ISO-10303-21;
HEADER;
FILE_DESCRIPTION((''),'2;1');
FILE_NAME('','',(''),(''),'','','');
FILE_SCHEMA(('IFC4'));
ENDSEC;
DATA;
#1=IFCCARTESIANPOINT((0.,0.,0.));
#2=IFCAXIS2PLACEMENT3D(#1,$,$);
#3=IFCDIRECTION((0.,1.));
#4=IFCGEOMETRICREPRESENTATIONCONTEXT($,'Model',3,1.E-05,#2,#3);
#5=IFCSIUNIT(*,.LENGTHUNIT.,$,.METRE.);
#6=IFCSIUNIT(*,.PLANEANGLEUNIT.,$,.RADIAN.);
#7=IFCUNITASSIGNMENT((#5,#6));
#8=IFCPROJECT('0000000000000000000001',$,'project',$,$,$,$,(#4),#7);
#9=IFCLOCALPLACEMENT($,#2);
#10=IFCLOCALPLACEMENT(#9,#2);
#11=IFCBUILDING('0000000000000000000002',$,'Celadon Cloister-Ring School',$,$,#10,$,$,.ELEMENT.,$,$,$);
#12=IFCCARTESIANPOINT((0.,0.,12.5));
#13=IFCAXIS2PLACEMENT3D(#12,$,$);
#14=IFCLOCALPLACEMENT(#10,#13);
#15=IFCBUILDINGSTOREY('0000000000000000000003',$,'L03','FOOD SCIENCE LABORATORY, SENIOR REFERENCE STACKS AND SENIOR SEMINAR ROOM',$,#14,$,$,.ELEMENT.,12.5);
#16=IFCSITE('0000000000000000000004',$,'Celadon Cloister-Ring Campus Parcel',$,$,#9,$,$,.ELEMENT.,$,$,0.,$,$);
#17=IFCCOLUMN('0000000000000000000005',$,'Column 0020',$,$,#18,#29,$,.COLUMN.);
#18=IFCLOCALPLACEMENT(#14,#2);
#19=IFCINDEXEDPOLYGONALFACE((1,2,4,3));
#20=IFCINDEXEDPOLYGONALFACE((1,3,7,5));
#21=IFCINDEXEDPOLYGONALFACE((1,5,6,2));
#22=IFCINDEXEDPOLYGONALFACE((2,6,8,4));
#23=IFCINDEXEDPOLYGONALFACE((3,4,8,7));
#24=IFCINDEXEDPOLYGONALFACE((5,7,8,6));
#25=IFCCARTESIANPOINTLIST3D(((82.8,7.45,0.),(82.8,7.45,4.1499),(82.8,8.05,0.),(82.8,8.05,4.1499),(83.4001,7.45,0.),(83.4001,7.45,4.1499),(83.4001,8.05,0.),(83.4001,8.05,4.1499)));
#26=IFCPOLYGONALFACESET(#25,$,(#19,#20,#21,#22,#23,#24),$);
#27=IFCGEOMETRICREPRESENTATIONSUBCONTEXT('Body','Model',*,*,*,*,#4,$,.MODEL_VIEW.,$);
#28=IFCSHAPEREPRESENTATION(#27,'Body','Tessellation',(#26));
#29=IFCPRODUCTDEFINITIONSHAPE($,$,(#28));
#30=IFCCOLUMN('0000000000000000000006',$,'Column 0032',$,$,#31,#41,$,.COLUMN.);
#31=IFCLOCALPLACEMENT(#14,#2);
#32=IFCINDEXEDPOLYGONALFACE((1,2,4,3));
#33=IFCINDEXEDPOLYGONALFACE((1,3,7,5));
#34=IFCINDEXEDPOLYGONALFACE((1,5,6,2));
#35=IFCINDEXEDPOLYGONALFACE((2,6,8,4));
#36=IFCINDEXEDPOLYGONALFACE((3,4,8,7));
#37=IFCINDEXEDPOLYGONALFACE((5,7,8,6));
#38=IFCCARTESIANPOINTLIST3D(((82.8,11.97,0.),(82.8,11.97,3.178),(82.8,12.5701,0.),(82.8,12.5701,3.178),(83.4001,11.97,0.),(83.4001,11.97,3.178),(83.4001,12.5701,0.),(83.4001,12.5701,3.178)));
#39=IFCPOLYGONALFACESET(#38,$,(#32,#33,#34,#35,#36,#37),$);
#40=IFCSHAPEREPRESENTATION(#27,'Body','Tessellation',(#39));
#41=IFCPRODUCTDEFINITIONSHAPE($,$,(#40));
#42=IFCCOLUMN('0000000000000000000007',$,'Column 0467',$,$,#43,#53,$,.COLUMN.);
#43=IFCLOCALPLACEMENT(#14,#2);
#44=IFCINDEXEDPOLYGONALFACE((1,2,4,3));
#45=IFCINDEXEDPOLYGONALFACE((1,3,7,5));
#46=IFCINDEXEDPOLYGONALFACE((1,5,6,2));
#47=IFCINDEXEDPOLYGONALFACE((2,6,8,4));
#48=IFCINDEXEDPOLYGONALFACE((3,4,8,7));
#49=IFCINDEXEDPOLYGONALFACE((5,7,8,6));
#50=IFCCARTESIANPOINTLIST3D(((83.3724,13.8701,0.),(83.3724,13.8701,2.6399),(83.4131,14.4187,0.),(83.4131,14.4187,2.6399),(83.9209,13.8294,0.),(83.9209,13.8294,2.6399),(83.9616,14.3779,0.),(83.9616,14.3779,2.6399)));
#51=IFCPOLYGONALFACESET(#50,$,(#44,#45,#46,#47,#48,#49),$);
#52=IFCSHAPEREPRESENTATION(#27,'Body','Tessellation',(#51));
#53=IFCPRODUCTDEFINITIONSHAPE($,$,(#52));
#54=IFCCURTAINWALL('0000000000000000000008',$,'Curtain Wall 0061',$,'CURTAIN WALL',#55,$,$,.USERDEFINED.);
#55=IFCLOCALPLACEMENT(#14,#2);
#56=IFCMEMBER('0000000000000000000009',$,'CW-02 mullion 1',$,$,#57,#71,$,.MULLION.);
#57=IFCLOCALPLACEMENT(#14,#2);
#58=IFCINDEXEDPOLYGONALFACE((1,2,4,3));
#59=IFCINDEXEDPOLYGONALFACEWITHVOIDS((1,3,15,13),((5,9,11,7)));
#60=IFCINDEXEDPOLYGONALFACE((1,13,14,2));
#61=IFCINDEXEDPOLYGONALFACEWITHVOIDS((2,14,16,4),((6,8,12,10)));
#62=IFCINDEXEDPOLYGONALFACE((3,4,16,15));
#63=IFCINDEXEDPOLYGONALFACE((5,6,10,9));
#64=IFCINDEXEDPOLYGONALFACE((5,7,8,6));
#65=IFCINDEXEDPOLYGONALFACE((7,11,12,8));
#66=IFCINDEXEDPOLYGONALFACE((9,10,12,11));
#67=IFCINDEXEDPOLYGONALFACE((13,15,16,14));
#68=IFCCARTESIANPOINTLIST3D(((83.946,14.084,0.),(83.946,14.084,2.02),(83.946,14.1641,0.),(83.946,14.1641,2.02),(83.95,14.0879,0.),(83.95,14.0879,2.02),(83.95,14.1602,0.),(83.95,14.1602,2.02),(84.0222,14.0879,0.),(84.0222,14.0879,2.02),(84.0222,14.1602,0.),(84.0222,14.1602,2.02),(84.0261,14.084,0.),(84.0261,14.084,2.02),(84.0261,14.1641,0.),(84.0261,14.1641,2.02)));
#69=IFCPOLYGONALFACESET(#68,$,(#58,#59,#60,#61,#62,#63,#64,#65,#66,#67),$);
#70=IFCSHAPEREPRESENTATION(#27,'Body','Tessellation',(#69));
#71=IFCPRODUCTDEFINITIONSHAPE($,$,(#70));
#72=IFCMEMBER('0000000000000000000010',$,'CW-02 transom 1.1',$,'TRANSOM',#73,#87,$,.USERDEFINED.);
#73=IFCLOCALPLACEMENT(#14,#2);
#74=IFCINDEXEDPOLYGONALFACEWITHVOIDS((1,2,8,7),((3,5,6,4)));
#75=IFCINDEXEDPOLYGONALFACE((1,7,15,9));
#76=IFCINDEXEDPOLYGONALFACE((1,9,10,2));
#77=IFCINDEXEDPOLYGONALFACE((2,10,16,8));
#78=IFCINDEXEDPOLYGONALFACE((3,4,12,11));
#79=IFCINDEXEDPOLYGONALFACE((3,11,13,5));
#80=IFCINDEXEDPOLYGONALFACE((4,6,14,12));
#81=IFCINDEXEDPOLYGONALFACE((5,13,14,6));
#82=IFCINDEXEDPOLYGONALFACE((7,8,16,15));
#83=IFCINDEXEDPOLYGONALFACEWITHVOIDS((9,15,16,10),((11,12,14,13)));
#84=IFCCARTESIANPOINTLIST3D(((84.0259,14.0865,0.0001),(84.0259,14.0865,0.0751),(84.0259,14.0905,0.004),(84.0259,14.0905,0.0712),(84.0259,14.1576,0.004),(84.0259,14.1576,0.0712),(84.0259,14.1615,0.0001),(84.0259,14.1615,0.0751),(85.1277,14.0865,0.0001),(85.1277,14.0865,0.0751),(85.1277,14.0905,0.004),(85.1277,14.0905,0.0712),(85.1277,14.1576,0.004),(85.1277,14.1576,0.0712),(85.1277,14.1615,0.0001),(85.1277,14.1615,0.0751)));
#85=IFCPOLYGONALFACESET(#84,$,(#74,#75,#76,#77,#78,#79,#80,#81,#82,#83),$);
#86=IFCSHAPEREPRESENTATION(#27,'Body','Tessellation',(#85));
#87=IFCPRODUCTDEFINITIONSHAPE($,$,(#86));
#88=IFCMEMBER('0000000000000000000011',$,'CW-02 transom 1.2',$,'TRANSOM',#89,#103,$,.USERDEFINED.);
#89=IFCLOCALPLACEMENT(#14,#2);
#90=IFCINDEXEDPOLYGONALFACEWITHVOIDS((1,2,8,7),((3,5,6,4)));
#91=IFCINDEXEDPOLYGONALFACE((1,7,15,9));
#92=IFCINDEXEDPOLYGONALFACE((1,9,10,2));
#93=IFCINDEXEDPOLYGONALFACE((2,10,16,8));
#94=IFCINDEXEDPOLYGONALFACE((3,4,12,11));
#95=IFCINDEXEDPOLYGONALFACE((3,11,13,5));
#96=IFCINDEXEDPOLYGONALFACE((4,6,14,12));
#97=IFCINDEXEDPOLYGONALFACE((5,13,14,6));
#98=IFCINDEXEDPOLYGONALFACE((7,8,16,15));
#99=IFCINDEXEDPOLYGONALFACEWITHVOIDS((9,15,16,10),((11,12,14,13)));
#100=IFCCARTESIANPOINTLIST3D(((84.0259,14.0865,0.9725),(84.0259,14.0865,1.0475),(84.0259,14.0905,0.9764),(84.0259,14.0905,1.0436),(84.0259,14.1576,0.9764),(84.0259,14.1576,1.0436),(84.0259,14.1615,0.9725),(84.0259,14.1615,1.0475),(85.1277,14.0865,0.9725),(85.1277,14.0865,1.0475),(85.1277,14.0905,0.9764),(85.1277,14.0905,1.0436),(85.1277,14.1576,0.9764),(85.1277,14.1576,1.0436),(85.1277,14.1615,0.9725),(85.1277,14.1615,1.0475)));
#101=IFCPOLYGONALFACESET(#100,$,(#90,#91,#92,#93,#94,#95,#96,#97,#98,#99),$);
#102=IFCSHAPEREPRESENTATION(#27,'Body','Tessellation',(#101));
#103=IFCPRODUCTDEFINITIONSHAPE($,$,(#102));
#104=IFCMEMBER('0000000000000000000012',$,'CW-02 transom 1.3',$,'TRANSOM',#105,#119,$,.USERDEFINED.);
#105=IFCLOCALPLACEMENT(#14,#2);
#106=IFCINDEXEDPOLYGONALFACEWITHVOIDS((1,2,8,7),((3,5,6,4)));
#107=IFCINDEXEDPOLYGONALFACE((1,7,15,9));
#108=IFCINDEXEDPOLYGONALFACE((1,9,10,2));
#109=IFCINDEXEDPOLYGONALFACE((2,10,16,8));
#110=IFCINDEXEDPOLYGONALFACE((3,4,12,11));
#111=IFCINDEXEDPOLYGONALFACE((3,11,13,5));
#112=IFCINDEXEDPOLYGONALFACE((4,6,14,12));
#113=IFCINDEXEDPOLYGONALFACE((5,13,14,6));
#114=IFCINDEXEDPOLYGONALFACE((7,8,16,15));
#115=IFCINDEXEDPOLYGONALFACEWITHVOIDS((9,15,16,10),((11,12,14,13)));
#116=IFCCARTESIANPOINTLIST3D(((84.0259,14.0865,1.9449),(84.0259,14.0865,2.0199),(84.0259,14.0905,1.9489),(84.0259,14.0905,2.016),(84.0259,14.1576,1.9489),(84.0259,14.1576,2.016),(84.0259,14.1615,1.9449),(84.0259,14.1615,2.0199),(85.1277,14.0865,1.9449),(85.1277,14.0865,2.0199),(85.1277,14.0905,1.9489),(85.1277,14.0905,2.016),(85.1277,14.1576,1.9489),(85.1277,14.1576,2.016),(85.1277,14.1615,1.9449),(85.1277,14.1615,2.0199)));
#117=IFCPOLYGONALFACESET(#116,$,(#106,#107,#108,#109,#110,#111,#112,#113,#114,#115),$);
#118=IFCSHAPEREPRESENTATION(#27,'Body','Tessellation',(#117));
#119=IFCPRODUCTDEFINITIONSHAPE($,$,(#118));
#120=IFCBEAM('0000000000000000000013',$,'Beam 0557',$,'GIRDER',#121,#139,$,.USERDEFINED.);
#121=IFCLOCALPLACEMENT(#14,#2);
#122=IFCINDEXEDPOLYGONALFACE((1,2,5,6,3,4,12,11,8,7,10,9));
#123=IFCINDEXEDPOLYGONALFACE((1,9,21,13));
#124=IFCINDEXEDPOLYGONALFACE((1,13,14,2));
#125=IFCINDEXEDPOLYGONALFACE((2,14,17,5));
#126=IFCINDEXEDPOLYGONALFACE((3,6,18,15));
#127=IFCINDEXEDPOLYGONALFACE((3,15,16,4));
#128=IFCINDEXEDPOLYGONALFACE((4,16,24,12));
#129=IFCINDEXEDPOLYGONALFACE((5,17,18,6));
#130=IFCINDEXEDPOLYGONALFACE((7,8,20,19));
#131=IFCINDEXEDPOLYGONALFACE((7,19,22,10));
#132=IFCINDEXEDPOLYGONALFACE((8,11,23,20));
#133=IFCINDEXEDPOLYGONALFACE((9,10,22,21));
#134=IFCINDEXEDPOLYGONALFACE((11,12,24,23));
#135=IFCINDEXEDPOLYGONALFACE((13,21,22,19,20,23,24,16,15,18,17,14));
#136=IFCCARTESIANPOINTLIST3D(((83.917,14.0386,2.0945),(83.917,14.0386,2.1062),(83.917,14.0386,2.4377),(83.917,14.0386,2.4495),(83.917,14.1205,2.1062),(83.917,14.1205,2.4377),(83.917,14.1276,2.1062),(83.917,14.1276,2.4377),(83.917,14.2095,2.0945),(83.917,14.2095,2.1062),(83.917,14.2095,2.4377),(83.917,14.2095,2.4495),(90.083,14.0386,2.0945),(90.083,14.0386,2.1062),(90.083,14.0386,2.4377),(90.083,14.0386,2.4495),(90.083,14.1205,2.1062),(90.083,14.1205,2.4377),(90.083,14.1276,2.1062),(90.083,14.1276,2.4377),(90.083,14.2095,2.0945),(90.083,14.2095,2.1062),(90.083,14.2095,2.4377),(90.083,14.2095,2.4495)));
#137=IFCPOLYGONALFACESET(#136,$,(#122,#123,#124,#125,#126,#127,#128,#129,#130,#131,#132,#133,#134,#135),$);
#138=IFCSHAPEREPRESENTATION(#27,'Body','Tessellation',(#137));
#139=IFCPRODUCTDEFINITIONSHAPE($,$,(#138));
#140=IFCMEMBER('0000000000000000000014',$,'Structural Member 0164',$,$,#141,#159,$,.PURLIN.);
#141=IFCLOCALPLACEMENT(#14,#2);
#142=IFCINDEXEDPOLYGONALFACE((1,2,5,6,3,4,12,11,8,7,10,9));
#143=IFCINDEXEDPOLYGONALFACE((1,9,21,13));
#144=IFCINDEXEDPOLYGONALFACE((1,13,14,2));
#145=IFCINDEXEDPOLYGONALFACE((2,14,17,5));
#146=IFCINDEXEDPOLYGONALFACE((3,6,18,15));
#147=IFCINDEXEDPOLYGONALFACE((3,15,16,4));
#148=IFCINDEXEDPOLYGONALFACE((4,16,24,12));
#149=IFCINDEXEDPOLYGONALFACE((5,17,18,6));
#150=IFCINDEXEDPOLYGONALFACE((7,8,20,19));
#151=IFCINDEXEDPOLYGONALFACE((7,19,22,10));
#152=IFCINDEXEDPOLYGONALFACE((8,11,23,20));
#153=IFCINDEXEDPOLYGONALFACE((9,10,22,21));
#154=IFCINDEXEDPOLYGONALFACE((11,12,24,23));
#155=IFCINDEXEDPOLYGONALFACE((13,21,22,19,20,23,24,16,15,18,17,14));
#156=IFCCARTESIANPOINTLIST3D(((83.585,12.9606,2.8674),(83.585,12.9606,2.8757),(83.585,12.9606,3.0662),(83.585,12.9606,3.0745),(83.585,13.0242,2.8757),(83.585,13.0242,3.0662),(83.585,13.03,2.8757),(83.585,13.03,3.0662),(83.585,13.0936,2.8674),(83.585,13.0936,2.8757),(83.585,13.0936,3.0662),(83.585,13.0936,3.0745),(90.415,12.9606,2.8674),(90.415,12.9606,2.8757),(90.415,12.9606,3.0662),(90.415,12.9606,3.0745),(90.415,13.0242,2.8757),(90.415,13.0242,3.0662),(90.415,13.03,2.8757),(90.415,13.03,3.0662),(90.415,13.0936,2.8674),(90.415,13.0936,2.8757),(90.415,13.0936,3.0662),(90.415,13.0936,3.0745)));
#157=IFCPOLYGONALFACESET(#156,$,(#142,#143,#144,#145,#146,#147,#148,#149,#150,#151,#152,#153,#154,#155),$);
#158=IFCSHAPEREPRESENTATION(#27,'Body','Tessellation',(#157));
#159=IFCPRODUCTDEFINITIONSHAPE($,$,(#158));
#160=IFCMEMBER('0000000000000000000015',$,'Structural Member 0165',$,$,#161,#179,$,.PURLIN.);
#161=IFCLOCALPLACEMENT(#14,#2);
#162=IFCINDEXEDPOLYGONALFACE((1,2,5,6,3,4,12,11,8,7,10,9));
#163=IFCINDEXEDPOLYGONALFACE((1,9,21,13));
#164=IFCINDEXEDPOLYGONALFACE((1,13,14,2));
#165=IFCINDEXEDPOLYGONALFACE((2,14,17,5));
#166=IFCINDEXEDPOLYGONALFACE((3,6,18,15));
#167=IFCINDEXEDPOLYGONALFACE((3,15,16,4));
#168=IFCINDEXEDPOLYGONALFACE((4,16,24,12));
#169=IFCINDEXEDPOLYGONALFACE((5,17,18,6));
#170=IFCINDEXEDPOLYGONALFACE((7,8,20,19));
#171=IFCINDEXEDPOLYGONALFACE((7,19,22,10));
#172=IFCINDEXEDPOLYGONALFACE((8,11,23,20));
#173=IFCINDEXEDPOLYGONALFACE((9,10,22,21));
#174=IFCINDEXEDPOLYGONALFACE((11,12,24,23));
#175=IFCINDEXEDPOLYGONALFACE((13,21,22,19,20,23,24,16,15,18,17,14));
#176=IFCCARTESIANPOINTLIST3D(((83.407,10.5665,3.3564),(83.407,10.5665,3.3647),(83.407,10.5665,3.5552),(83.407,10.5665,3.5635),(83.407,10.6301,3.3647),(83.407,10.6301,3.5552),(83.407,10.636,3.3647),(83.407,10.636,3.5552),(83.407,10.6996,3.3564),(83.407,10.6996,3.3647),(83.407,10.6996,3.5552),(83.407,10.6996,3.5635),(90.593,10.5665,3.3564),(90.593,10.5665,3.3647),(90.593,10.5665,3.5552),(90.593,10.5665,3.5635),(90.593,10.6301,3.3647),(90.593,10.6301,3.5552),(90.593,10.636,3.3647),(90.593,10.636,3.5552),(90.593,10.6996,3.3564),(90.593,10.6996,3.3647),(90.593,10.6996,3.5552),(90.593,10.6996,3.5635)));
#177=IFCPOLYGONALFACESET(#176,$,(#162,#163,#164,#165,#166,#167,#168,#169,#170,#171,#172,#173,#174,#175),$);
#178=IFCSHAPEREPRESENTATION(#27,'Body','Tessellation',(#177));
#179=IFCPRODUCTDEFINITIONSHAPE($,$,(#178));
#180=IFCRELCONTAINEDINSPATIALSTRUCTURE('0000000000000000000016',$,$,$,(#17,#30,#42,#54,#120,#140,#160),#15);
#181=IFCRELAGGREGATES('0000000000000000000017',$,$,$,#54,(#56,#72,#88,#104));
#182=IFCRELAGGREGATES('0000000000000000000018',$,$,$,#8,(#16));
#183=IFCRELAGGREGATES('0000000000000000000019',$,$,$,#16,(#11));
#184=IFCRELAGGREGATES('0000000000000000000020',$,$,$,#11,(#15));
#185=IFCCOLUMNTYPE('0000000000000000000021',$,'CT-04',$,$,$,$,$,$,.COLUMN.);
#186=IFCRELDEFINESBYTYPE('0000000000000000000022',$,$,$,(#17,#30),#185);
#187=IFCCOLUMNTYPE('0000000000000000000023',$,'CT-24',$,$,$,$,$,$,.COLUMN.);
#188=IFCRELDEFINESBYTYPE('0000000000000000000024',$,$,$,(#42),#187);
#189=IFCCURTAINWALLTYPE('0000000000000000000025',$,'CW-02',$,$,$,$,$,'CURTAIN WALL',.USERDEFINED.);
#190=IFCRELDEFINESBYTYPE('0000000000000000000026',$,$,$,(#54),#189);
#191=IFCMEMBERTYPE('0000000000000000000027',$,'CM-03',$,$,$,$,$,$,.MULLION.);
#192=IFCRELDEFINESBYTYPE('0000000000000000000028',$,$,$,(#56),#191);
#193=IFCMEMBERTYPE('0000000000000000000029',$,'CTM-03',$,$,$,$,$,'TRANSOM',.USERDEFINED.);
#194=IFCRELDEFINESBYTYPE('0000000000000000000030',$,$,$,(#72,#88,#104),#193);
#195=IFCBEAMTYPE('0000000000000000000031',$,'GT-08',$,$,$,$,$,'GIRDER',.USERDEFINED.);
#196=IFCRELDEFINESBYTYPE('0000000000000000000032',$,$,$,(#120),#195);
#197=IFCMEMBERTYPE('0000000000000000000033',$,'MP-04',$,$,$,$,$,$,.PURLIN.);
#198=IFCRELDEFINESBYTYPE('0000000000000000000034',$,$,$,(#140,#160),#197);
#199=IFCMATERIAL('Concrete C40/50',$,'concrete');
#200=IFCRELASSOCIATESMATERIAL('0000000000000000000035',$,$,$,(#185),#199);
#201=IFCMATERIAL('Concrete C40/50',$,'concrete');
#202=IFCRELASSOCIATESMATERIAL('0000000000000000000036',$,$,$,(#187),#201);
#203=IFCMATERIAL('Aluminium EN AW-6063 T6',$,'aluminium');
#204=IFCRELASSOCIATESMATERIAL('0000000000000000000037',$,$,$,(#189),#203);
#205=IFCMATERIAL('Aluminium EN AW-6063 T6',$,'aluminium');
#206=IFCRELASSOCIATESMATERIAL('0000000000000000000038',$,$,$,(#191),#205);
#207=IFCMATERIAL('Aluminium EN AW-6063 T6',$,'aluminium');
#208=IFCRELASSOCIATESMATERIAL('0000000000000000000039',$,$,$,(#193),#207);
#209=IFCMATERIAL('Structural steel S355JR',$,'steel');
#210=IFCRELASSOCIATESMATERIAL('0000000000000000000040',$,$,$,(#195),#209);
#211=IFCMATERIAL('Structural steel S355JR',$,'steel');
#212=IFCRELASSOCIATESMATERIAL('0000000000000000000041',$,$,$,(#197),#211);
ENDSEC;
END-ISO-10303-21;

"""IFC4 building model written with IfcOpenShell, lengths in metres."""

from ifc_helpers import new_model, si_unit, direction, frame, origin, origin_2d, place, context, subcontext, project, spatial, rectangle, hollow_rectangle, i_section, extrude, material, material_profile, profile_set, type_object, element, aggregate, save


model = new_model("IFC4")

# Units and contexts
model_context = context("Model", 3, precision=1e-05, world=origin(), true_north=direction((0.0, 1.0)))
body_context = subcontext(model_context, "Body", "Model", "MODEL_VIEW")
ifc_project = project(units=[si_unit("LENGTHUNIT", "METRE"), si_unit("PLANEANGLEUNIT", "RADIAN")], contexts=[model_context])

# Site, building, storey
site_placement = place(None, origin())
site = spatial("IfcSite", under=ifc_project, at=site_placement, Name="Celadon Cloister-Ring Campus Parcel", CompositionType="ELEMENT", RefElevation=0.0)
building_placement = place(site_placement, origin())
building = spatial("IfcBuilding", under=site, at=building_placement, Name="Celadon Cloister-Ring School", CompositionType="ELEMENT")
storey_placement = place(building_placement, frame((0.0, 0.0, 12.5)))
storey = spatial("IfcBuildingStorey", under=building, at=storey_placement, Name="L03", Description="FOOD SCIENCE LABORATORY, SENIOR REFERENCE STACKS AND SENIOR SEMINAR ROOM", CompositionType="ELEMENT", Elevation=12.5)

# Columns
ifc_material_1 = material(Name="Concrete C40/50", Category="concrete")
ifc_material_profile_1 = material_profile(ifc_material_1, rectangle(XDim=0.6001, YDim=0.6001, at=origin_2d()), Name="RC600X600")
ifc_profile_set_1 = profile_set([ifc_material_profile_1], Name="Concrete C40/50")
column_type_1 = type_object("IfcColumnType", Name="CT-04", PredefinedType="COLUMN", material=ifc_profile_set_1)
column_1_placement = place(storey_placement, frame((83.1001, 7.75, 0.0), z_axis=(0.0, 0.0, 1.0), x_axis=(1.0, 0.0, 0.0)))
element("IfcColumn", 1, at=column_1_placement, inside=storey, type_object=column_type_1, Name="Column 0020", PredefinedType="COLUMN", context=body_context, shape_type="SweptSolid", body=[
    extrude(rectangle(XDim=0.6001, YDim=0.6001, at=origin_2d()), origin(), (0.0, 0.0, 1.0), 4.1499),
])
column_2_placement = place(storey_placement, frame((83.1001, 12.27, 0.0), z_axis=(0.0, 0.0, 1.0), x_axis=(1.0, 0.0, 0.0)))
element("IfcColumn", 2, at=column_2_placement, inside=storey, type_object=column_type_1, Name="Column 0032", PredefinedType="COLUMN", context=body_context, shape_type="SweptSolid", body=[
    extrude(rectangle(XDim=0.6001, YDim=0.6001, at=origin_2d()), origin(), (0.0, 0.0, 1.0), 3.178),
])
ifc_material_2 = material(Name="Concrete C40/50", Category="concrete")
ifc_material_profile_2 = material_profile(ifc_material_2, rectangle(XDim=0.55, YDim=0.55, at=origin_2d()), Name="RC550X550")
ifc_profile_set_2 = profile_set([ifc_material_profile_2], Name="Concrete C40/50")
column_type_2 = type_object("IfcColumnType", Name="CT-24", PredefinedType="COLUMN", material=ifc_profile_set_2)
column_3_placement = place(storey_placement, frame((83.667, 14.124, 0.0), z_axis=(0.0, 0.0, 1.0), x_axis=(-0.074074, -0.997253, 0.0)))
element("IfcColumn", 3, at=column_3_placement, inside=storey, type_object=column_type_2, Name="Column 0467", PredefinedType="COLUMN", context=body_context, shape_type="SweptSolid", body=[
    extrude(rectangle(XDim=0.55, YDim=0.55, at=origin_2d()), origin(), (0.0, 0.0, 1.0), 2.6399),
])

# Curtain wall, members
ifc_material_3 = material(Name="Aluminium EN AW-6063 T6", Category="aluminium")
curtain_wall_type = type_object("IfcCurtainWallType", Name="CW-02", ElementType="CURTAIN WALL", PredefinedType="USERDEFINED", material=ifc_material_3)
curtain_wall_placement = place(storey_placement, origin())
curtain_wall = element("IfcCurtainWall", 4, at=curtain_wall_placement, inside=storey, type_object=curtain_wall_type, Name="Curtain Wall 0061", ObjectType="CURTAIN WALL", PredefinedType="USERDEFINED")
ifc_material_4 = material(Name="Aluminium EN AW-6063 T6", Category="aluminium")
ifc_material_profile_3 = material_profile(ifc_material_4, hollow_rectangle(XDim=0.0801, YDim=0.0801, WallThickness=0.0039, at=origin_2d()), Name="RHS80X80X4")
ifc_profile_set_3 = profile_set([ifc_material_profile_3], Name="Aluminium EN AW-6063 T6")
member_type_1 = type_object("IfcMemberType", Name="CM-03", PredefinedType="MULLION", material=ifc_profile_set_3)
member_1_placement = place(storey_placement, frame((83.9861, 14.124, 0.0), z_axis=(0.0, 0.0, 1.0), x_axis=(0.0, 1.0, 0.0)))
member_1 = element("IfcMember", 5, at=member_1_placement, type_object=member_type_1, Name="CW-02 mullion 1", PredefinedType="MULLION", context=body_context, shape_type="SweptSolid", body=[
    extrude(hollow_rectangle(XDim=0.0801, YDim=0.0801, WallThickness=0.0039, at=origin_2d()), origin(), (0.0, 0.0, 1.0), 2.02),
])
ifc_material_5 = material(Name="Aluminium EN AW-6063 T6", Category="aluminium")
ifc_material_profile_4 = material_profile(ifc_material_5, hollow_rectangle(XDim=0.075, YDim=0.075, WallThickness=0.0039, at=origin_2d()), Name="RHS75X75X4")
ifc_profile_set_4 = profile_set([ifc_material_profile_4], Name="Aluminium EN AW-6063 T6")
member_type_2 = type_object("IfcMemberType", Name="CTM-03", ElementType="TRANSOM", PredefinedType="USERDEFINED", material=ifc_profile_set_4)
member_2_placement = place(storey_placement, frame((84.0259, 14.124, 0.0376), z_axis=(1.0, 0.0, 0.0), x_axis=(0.0, 1.0, 0.0)))
member_2 = element("IfcMember", 6, at=member_2_placement, type_object=member_type_2, Name="CW-02 transom 1.1", ObjectType="TRANSOM", PredefinedType="USERDEFINED", context=body_context, shape_type="SweptSolid", body=[
    extrude(hollow_rectangle(XDim=0.075, YDim=0.075, WallThickness=0.0039, at=origin_2d()), origin(), (0.0, 0.0, 1.0), 1.1018),
])
member_3_placement = place(storey_placement, frame((84.0259, 14.124, 1.01), z_axis=(1.0, 0.0, 0.0), x_axis=(0.0, 1.0, 0.0)))
member_3 = element("IfcMember", 7, at=member_3_placement, type_object=member_type_2, Name="CW-02 transom 1.2", ObjectType="TRANSOM", PredefinedType="USERDEFINED", context=body_context, shape_type="SweptSolid", body=[
    extrude(hollow_rectangle(XDim=0.075, YDim=0.075, WallThickness=0.0039, at=origin_2d()), origin(), (0.0, 0.0, 1.0), 1.1018),
])
member_4_placement = place(storey_placement, frame((84.0259, 14.124, 1.9824), z_axis=(1.0, 0.0, 0.0), x_axis=(0.0, 1.0, 0.0)))
member_4 = element("IfcMember", 8, at=member_4_placement, type_object=member_type_2, Name="CW-02 transom 1.3", ObjectType="TRANSOM", PredefinedType="USERDEFINED", context=body_context, shape_type="SweptSolid", body=[
    extrude(hollow_rectangle(XDim=0.075, YDim=0.075, WallThickness=0.0039, at=origin_2d()), origin(), (0.0, 0.0, 1.0), 1.1018),
])

# Beam
ifc_material_6 = material(Name="Structural steel S355JR", Category="steel")
ifc_material_profile_5 = material_profile(ifc_material_6, i_section(OverallWidth=0.1709, OverallDepth=0.355, WebThickness=0.0071, FlangeThickness=0.0117, at=origin_2d()), Name="W360X51")
ifc_profile_set_5 = profile_set([ifc_material_profile_5], Name="Structural steel S355JR")
beam_type = type_object("IfcBeamType", Name="GT-08", ElementType="GIRDER", PredefinedType="USERDEFINED", material=ifc_profile_set_5)
beam_placement = place(storey_placement, frame((83.917, 14.124, 2.272), z_axis=(1.0, 0.0, 0.0), x_axis=(0.0, 1.0, 0.0)))
element("IfcBeam", 9, at=beam_placement, inside=storey, type_object=beam_type, Name="Beam 0557", ObjectType="GIRDER", PredefinedType="USERDEFINED", context=body_context, shape_type="SweptSolid", body=[
    extrude(i_section(OverallWidth=0.1709, OverallDepth=0.355, WebThickness=0.0071, FlangeThickness=0.0117, at=origin_2d()), origin(), (0.0, 0.0, 1.0), 6.166),
])

# Members
ifc_material_7 = material(Name="Structural steel S355JR", Category="steel")
ifc_material_profile_6 = material_profile(ifc_material_7, i_section(OverallWidth=0.1331, OverallDepth=0.207, WebThickness=0.0059, FlangeThickness=0.0083, at=origin_2d()), Name="W200X27")
ifc_profile_set_6 = profile_set([ifc_material_profile_6], Name="Structural steel S355JR")
member_type_3 = type_object("IfcMemberType", Name="MP-04", PredefinedType="PURLIN", material=ifc_profile_set_6)
member_5_placement = place(storey_placement, frame((83.585, 13.0271, 2.9709), z_axis=(1.0, 0.0, 0.0), x_axis=(0.0, 1.0, 0.0)))
element("IfcMember", 10, at=member_5_placement, inside=storey, type_object=member_type_3, Name="Structural Member 0164", PredefinedType="PURLIN", context=body_context, shape_type="SweptSolid", body=[
    extrude(i_section(OverallWidth=0.1331, OverallDepth=0.207, WebThickness=0.0059, FlangeThickness=0.0083, at=origin_2d()), origin(), (0.0, 0.0, 1.0), 6.8301),
])
member_6_placement = place(storey_placement, frame((83.407, 10.6331, 3.46), z_axis=(1.0, 0.0, 0.0), x_axis=(0.0, 1.0, 0.0)))
element("IfcMember", 11, at=member_6_placement, inside=storey, type_object=member_type_3, Name="Structural Member 0165", PredefinedType="PURLIN", context=body_context, shape_type="SweptSolid", body=[
    extrude(i_section(OverallWidth=0.1331, OverallDepth=0.207, WebThickness=0.0059, FlangeThickness=0.0083, at=origin_2d()), origin(), (0.0, 0.0, 1.0), 7.186),
])

aggregate(curtain_wall, [member_1, member_2, member_3, member_4])

save(model, "model.ifc")
